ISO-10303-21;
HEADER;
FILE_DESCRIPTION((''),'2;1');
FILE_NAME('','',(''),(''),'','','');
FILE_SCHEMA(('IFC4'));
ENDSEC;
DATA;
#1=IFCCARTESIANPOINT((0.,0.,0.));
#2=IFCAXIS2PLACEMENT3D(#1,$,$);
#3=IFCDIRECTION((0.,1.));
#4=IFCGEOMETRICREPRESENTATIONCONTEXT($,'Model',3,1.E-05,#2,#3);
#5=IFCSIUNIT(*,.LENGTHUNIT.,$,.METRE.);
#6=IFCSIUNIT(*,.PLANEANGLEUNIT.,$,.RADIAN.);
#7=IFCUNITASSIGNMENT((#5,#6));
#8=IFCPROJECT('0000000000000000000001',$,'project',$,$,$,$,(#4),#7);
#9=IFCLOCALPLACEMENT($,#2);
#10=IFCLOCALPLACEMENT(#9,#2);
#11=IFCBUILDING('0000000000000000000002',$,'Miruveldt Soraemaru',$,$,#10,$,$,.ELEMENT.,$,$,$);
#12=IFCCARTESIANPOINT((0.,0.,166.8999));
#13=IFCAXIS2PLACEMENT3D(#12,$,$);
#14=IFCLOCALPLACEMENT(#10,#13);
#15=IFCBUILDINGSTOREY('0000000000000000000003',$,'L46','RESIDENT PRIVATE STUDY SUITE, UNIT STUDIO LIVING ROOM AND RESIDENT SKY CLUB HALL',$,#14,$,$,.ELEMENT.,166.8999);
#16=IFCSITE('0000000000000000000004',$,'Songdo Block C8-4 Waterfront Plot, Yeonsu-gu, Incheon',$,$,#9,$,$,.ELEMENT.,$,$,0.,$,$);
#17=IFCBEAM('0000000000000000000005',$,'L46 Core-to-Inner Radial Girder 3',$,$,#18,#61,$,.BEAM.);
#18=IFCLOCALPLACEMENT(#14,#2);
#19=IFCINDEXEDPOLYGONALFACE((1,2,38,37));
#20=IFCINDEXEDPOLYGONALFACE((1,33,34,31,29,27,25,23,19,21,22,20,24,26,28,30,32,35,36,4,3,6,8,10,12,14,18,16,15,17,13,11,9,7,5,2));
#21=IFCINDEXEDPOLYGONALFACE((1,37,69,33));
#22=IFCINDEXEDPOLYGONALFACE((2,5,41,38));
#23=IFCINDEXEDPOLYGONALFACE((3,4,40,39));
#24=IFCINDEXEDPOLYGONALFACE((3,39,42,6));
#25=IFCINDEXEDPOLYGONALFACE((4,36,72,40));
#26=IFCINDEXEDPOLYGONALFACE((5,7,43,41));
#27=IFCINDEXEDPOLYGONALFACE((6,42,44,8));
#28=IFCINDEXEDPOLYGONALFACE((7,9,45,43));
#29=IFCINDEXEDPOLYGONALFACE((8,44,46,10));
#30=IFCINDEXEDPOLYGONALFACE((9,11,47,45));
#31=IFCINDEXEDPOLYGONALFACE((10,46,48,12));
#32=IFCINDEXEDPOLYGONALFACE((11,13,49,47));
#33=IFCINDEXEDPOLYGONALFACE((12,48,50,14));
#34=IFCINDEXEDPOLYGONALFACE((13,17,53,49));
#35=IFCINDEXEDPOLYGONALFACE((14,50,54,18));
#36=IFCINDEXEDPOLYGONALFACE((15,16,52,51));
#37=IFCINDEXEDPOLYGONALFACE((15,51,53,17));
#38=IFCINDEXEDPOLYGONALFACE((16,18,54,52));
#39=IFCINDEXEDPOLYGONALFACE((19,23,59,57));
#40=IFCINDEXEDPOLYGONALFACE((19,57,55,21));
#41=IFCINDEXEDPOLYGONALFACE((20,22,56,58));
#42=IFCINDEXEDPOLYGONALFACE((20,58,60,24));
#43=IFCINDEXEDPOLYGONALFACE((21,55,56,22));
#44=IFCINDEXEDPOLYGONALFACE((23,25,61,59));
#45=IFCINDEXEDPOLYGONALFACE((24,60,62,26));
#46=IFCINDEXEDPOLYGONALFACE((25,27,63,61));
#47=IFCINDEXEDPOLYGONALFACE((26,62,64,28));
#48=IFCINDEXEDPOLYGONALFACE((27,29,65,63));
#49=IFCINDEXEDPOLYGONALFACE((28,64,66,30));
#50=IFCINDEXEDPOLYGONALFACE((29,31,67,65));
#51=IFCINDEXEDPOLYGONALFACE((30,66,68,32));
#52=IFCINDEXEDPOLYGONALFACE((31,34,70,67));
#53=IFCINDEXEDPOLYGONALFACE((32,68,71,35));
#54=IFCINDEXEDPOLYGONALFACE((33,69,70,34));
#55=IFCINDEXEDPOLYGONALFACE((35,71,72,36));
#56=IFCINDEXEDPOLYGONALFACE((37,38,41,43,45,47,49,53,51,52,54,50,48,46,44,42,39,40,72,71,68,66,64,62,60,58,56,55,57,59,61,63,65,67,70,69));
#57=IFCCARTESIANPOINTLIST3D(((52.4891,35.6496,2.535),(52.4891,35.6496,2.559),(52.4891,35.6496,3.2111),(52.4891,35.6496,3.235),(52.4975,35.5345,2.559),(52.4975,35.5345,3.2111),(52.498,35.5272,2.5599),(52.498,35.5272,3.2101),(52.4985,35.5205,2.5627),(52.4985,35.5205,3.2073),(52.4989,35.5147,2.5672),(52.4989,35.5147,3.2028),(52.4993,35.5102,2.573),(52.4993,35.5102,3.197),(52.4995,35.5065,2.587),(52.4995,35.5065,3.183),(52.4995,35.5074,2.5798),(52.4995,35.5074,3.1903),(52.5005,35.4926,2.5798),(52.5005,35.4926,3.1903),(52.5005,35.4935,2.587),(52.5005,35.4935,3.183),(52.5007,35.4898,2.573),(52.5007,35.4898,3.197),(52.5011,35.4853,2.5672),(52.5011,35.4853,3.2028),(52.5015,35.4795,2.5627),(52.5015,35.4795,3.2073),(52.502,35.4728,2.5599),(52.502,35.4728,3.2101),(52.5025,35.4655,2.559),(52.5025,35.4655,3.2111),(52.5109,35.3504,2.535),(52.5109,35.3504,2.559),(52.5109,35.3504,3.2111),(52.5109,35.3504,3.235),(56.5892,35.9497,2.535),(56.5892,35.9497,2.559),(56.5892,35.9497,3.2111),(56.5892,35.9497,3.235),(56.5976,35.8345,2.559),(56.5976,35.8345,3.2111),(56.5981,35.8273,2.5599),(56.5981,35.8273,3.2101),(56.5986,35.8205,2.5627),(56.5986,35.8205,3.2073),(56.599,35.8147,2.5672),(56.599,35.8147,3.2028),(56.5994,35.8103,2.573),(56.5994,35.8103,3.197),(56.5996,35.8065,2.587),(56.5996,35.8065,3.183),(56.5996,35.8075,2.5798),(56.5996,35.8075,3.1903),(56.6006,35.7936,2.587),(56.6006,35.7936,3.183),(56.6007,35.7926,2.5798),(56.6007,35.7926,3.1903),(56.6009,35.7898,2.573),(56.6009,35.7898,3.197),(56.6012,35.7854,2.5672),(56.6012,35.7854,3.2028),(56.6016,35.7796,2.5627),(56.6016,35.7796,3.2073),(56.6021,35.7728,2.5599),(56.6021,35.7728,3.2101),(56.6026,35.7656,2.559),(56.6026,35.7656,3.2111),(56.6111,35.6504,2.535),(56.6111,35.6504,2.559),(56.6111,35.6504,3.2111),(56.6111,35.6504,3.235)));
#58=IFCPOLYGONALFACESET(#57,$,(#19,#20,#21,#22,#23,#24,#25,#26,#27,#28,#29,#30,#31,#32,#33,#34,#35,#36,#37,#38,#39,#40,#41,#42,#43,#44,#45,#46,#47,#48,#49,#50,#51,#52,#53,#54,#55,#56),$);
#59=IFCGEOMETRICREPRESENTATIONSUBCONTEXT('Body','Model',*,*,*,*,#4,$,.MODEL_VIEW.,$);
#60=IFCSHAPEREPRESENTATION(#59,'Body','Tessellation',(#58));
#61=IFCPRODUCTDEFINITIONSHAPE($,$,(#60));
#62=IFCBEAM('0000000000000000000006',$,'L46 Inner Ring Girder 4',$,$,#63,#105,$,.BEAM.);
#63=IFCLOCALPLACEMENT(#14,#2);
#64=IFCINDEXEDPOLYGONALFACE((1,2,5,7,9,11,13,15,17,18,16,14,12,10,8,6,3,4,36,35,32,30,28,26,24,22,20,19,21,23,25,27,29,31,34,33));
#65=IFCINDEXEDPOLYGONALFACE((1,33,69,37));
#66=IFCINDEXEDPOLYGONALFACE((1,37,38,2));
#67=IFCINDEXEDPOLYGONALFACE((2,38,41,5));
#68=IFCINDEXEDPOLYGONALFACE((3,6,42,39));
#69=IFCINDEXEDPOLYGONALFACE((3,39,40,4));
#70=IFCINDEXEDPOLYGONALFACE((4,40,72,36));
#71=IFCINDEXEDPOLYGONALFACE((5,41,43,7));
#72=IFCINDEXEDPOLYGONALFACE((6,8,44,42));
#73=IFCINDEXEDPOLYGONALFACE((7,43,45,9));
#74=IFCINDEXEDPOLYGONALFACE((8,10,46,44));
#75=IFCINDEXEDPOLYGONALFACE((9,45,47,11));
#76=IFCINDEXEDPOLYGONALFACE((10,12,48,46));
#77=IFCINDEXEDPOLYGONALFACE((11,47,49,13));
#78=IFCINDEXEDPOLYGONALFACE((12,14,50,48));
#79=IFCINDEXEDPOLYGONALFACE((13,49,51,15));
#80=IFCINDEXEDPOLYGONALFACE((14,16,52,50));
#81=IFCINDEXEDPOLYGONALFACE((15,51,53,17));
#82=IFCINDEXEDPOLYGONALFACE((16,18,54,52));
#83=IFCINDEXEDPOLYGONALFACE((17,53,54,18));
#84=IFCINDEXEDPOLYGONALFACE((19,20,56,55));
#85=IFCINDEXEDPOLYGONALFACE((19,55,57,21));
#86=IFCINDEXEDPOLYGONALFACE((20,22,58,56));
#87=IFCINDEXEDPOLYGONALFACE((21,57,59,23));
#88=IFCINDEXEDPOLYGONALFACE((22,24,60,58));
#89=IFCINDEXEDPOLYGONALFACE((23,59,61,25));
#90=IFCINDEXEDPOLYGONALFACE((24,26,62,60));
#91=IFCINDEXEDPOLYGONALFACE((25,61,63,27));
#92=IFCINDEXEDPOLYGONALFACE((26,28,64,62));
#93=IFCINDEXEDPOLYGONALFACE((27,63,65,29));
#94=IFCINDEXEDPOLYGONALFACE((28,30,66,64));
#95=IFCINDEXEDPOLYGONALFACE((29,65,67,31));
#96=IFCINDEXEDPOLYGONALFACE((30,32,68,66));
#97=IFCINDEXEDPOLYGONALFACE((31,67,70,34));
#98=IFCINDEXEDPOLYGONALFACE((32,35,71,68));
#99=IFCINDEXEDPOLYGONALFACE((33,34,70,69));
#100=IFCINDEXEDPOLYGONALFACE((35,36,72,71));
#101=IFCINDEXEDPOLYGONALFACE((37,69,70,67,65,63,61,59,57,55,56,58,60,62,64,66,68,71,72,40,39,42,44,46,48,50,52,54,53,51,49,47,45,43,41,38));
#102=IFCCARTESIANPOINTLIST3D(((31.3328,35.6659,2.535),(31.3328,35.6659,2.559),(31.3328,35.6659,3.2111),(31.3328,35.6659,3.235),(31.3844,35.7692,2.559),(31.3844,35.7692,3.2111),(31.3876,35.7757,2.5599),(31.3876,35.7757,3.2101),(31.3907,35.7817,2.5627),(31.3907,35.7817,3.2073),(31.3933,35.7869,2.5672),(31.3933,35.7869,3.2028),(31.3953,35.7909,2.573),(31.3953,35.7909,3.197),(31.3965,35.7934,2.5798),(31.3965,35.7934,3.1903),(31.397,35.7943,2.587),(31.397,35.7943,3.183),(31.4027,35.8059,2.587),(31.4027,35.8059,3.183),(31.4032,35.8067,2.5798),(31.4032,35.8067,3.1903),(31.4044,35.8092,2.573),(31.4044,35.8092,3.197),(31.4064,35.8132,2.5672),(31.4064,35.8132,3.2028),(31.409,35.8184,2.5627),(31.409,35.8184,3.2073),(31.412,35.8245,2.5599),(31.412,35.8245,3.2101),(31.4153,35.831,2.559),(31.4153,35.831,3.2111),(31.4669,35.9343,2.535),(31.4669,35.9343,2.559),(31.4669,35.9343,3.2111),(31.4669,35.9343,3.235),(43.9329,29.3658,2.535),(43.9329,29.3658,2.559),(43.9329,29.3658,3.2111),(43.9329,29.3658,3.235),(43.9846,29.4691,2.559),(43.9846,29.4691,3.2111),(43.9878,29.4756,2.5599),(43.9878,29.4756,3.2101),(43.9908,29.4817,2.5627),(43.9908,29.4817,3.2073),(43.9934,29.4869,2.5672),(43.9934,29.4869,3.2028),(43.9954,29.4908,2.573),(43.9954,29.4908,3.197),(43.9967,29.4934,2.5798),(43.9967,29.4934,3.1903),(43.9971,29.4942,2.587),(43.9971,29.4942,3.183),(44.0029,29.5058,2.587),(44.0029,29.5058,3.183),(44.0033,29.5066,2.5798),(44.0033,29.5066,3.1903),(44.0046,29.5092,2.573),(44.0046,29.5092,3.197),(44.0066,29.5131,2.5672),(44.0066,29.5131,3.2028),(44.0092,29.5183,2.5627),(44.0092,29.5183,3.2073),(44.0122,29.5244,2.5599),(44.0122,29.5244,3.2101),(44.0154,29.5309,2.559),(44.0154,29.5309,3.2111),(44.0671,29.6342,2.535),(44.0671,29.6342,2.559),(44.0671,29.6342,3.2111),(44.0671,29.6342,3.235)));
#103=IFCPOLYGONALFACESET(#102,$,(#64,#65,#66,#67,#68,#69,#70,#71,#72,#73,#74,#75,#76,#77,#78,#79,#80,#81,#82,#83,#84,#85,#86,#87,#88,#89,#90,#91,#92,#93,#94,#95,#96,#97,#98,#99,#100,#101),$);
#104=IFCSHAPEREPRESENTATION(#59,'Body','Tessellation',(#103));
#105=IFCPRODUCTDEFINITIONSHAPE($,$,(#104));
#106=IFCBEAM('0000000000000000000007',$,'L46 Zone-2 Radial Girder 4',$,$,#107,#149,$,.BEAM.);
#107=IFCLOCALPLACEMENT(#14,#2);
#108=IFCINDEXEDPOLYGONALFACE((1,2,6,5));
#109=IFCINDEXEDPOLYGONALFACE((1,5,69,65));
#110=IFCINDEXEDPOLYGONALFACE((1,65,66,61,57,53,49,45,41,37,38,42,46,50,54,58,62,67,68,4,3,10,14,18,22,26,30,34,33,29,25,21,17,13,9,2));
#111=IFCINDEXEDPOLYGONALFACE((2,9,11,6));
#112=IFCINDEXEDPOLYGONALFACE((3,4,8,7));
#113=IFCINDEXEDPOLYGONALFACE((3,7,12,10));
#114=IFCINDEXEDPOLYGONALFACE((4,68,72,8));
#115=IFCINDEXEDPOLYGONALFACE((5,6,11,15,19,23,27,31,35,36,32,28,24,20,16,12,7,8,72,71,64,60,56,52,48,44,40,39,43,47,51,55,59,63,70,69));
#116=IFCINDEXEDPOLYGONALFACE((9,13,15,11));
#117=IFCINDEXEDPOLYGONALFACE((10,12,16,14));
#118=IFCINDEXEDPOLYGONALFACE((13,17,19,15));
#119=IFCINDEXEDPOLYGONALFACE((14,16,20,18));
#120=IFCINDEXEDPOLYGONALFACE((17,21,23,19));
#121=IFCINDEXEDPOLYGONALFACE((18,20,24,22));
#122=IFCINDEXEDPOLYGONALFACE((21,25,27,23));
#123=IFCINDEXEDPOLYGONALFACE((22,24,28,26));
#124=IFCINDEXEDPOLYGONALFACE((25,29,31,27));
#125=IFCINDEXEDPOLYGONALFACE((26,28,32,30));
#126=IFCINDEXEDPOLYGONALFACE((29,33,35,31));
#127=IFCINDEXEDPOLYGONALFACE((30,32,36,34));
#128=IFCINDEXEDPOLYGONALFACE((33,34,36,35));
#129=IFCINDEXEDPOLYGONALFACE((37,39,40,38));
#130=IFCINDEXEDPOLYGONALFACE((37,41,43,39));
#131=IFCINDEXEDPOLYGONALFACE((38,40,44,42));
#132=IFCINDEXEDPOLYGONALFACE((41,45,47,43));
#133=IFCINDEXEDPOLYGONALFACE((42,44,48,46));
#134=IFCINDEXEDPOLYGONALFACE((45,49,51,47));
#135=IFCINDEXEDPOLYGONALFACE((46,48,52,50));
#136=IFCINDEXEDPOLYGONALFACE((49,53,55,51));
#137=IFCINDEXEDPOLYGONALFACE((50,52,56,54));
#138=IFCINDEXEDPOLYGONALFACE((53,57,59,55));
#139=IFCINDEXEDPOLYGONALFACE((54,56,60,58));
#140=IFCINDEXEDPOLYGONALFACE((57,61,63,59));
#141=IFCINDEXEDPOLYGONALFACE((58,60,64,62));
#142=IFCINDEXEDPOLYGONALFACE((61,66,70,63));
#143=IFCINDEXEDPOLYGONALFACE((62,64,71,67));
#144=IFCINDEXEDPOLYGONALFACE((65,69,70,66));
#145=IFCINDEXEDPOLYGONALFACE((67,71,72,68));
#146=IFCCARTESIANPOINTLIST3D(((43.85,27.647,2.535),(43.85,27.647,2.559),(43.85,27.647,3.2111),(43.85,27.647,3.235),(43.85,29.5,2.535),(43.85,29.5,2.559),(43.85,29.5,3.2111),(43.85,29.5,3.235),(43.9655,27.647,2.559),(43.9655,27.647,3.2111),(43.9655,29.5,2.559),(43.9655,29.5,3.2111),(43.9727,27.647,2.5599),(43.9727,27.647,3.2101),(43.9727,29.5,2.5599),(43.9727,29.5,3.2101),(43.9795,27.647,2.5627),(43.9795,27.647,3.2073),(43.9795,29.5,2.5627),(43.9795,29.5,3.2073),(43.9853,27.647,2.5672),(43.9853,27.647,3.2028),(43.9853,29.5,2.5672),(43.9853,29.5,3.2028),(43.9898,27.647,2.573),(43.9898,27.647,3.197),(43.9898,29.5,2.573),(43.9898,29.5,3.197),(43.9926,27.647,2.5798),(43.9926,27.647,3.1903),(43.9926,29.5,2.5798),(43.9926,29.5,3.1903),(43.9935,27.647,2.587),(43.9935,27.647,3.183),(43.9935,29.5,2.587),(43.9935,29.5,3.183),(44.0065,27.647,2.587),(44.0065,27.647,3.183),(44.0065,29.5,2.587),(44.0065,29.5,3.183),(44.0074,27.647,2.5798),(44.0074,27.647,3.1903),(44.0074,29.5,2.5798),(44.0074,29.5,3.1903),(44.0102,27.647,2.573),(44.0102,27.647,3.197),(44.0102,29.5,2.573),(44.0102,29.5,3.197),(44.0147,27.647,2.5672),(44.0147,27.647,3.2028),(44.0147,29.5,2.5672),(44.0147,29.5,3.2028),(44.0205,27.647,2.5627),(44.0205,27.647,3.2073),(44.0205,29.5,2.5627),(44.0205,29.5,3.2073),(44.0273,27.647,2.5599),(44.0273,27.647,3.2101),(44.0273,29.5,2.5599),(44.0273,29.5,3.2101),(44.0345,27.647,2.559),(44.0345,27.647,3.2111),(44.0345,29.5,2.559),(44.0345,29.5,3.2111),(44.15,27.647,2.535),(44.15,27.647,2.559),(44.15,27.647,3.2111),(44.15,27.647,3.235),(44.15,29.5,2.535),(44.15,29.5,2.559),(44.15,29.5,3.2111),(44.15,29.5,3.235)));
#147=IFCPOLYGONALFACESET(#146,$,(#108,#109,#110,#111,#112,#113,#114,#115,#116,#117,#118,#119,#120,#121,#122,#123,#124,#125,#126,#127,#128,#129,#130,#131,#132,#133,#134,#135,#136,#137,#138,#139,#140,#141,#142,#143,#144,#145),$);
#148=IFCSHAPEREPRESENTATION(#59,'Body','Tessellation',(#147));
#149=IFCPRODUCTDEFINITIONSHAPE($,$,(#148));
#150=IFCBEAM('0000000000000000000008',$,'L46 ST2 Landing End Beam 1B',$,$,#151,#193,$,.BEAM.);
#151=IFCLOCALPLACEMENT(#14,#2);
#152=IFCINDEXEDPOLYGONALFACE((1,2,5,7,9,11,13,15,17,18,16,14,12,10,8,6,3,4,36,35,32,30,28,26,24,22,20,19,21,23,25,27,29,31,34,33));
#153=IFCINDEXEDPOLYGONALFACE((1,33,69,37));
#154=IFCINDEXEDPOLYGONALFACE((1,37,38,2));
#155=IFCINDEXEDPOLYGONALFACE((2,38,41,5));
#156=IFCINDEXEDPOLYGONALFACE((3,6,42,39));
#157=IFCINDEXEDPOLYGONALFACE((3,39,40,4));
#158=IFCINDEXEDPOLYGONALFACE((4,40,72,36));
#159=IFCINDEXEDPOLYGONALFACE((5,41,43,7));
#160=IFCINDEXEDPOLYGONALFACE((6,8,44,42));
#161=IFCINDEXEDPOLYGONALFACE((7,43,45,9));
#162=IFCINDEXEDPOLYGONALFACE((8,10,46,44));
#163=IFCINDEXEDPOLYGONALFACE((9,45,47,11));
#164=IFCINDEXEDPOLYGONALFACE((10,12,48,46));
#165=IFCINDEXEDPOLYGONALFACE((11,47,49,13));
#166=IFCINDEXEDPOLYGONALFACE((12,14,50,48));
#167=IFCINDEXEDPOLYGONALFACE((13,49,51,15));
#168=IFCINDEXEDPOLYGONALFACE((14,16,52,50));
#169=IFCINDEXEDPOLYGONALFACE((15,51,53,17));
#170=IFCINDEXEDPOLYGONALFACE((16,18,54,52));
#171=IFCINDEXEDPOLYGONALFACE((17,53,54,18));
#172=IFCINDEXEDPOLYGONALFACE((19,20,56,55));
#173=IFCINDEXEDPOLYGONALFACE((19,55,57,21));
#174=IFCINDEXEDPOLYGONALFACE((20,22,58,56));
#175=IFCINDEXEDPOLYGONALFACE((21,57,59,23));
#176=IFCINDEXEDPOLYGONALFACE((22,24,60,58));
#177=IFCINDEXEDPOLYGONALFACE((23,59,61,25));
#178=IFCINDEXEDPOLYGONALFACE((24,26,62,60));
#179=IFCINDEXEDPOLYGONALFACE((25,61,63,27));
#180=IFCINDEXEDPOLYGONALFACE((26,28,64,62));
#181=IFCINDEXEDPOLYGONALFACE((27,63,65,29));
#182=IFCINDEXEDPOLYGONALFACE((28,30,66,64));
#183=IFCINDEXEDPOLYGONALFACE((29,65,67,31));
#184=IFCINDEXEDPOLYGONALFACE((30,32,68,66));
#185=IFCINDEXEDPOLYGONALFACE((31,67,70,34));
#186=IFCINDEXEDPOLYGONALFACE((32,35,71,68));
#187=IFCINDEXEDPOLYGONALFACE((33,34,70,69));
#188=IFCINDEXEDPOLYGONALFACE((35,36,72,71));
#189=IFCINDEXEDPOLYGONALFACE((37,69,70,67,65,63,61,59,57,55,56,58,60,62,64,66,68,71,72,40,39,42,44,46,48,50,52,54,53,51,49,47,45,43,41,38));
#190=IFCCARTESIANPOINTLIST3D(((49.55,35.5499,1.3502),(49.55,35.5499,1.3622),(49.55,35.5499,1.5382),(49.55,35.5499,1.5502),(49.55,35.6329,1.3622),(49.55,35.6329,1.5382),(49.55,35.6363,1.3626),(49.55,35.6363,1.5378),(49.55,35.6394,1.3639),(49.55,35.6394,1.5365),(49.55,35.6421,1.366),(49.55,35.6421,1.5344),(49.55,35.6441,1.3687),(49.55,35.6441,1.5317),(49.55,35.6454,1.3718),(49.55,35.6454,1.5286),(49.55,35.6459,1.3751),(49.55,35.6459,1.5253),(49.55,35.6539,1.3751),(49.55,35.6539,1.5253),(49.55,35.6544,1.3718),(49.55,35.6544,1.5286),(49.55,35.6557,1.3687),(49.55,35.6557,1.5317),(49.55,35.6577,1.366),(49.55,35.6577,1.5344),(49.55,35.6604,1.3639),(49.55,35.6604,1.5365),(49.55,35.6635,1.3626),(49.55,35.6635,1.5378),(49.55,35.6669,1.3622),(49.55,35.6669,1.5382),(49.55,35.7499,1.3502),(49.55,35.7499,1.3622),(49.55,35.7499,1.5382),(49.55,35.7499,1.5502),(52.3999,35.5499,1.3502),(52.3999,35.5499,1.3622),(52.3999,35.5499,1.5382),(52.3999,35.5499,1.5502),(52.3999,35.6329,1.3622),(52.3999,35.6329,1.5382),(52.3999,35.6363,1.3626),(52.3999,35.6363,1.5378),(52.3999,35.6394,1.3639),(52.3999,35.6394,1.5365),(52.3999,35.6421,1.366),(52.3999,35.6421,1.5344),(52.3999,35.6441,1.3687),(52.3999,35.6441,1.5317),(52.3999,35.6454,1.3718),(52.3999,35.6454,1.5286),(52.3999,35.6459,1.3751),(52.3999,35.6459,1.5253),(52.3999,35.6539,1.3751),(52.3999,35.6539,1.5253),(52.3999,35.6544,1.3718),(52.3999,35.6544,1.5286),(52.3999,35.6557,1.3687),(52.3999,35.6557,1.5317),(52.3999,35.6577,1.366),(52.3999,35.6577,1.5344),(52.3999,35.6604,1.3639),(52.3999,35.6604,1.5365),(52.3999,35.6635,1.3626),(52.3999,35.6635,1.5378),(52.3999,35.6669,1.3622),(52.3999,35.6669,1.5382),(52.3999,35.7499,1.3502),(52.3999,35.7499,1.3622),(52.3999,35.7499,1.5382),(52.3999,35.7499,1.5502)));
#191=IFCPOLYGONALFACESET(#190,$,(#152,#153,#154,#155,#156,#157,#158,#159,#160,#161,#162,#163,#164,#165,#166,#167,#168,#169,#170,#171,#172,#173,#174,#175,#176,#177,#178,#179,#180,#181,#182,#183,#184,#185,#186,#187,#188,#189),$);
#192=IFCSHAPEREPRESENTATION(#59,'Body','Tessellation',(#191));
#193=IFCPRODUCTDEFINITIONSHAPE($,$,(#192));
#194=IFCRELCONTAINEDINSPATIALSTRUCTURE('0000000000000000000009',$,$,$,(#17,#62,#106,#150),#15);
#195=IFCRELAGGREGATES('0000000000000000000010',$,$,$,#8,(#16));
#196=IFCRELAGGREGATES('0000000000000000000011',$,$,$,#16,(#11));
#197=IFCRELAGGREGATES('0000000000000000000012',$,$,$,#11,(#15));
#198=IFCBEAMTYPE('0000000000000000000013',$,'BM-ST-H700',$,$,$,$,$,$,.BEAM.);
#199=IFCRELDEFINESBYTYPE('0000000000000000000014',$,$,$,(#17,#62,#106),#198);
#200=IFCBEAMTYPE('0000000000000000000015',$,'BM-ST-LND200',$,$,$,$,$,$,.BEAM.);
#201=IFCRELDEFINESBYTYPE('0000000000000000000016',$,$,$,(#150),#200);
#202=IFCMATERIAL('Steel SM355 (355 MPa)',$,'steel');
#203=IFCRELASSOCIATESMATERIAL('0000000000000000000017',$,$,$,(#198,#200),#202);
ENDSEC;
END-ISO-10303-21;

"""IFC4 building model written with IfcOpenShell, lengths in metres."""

from ifc_helpers import new_model, si_unit, direction, frame, origin, origin_2d, place, context, subcontext, project, spatial, i_section, extrude, material, material_profile, profile_set, type_object, element, save


model = new_model("IFC4")

# Units and contexts
model_context = context("Model", 3, precision=1e-05, world=origin(), true_north=direction((0.0, 1.0)))
body_context = subcontext(model_context, "Body", "Model", "MODEL_VIEW")
ifc_project = project(units=[si_unit("LENGTHUNIT", "METRE"), si_unit("PLANEANGLEUNIT", "RADIAN")], contexts=[model_context])

# Site, building, storey
site_placement = place(None, origin())
site = spatial("IfcSite", under=ifc_project, at=site_placement, Name="Songdo Block C8-4 Waterfront Plot, Yeonsu-gu, Incheon", CompositionType="ELEMENT", RefElevation=0.0)
building_placement = place(site_placement, origin())
building = spatial("IfcBuilding", under=site, at=building_placement, Name="Miruveldt Soraemaru", CompositionType="ELEMENT")
storey_placement = place(building_placement, frame((0.0, 0.0, 166.8999)))
storey = spatial("IfcBuildingStorey", under=building, at=storey_placement, Name="L46", Description="RESIDENT PRIVATE STUDY SUITE, UNIT STUDIO LIVING ROOM AND RESIDENT SKY CLUB HALL", CompositionType="ELEMENT", Elevation=166.8999)

# Beams
ifc_material_1 = material(Name="Steel SM355 (355 MPa)", Category="steel")
ifc_material_profile_1 = material_profile(ifc_material_1, i_section(OverallWidth=0.3, OverallDepth=0.7, WebThickness=0.0129, FlangeThickness=0.0239, FilletRadius=0.0281, at=origin_2d()), Name="Steel SM355 (355 MPa)", Category="steel")
ifc_profile_set_1 = profile_set([ifc_material_profile_1], Name="Steel SM355 (355 MPa)")
beam_type_1 = type_object("IfcBeamType", Name="BM-ST-H700", PredefinedType="BEAM", material=ifc_profile_set_1)
beam_1_placement = place(storey_placement, frame((52.5, 35.5, 2.885), z_axis=(0.997333, 0.072986, 0.0), x_axis=(-0.072986, 0.997333, 0.0)))
element("IfcBeam", 1, at=beam_1_placement, inside=storey, type_object=beam_type_1, Name="L46 Core-to-Inner Radial Girder 3", PredefinedType="BEAM", context=body_context, shape_type="SweptSolid", body=[
    extrude(i_section(OverallWidth=0.3, OverallDepth=0.7, WebThickness=0.0129, FlangeThickness=0.0239, FilletRadius=0.0281, at=origin_2d()), origin(), (0.0, 0.0, 1.0), 4.1111),
])
beam_2_placement = place(storey_placement, frame((44.0, 29.5, 2.885), z_axis=(-0.894427, 0.447214, 0.0), x_axis=(-0.447214, -0.894427, 0.0)))
element("IfcBeam", 2, at=beam_2_placement, inside=storey, type_object=beam_type_1, Name="L46 Inner Ring Girder 4", PredefinedType="BEAM", context=body_context, shape_type="SweptSolid", body=[
    extrude(i_section(OverallWidth=0.3, OverallDepth=0.7, WebThickness=0.0129, FlangeThickness=0.0239, FilletRadius=0.0281, at=origin_2d()), origin(), (0.0, 0.0, 1.0), 14.0874),
])
beam_3_placement = place(storey_placement, frame((44.0, 29.5, 2.885), z_axis=(0.0, -1.0, 0.0), x_axis=(1.0, 0.0, 0.0)))
element("IfcBeam", 3, at=beam_3_placement, inside=storey, type_object=beam_type_1, Name="L46 Zone-2 Radial Girder 4", PredefinedType="BEAM", context=body_context, shape_type="SweptSolid", body=[
    extrude(i_section(OverallWidth=0.3, OverallDepth=0.7, WebThickness=0.0129, FlangeThickness=0.0239, FilletRadius=0.0281, at=origin_2d()), origin(), (0.0, 0.0, 1.0), 1.853),
])
ifc_material_profile_2 = material_profile(ifc_material_1, i_section(OverallWidth=0.2, OverallDepth=0.2, WebThickness=0.0081, FlangeThickness=0.012, FilletRadius=0.0129, at=origin_2d()), Name="Steel SM355 (355 MPa)", Category="steel")
ifc_profile_set_2 = profile_set([ifc_material_profile_2], Name="Steel SM355 (355 MPa)")
beam_type_2 = type_object("IfcBeamType", Name="BM-ST-LND200", PredefinedType="BEAM", material=ifc_profile_set_2)
beam_4_placement = place(storey_placement, frame((49.55, 35.6499, 1.4502), z_axis=(1.0, 0.0, 0.0), x_axis=(0.0, 1.0, 0.0)))
element("IfcBeam", 4, at=beam_4_placement, inside=storey, type_object=beam_type_2, Name="L46 ST2 Landing End Beam 1B", PredefinedType="BEAM", context=body_context, shape_type="SweptSolid", body=[
    extrude(i_section(OverallWidth=0.2, OverallDepth=0.2, WebThickness=0.0081, FlangeThickness=0.012, FilletRadius=0.0129, at=origin_2d()), origin(), (0.0, 0.0, 1.0), 2.8499),
])

save(model, "model.ifc")
